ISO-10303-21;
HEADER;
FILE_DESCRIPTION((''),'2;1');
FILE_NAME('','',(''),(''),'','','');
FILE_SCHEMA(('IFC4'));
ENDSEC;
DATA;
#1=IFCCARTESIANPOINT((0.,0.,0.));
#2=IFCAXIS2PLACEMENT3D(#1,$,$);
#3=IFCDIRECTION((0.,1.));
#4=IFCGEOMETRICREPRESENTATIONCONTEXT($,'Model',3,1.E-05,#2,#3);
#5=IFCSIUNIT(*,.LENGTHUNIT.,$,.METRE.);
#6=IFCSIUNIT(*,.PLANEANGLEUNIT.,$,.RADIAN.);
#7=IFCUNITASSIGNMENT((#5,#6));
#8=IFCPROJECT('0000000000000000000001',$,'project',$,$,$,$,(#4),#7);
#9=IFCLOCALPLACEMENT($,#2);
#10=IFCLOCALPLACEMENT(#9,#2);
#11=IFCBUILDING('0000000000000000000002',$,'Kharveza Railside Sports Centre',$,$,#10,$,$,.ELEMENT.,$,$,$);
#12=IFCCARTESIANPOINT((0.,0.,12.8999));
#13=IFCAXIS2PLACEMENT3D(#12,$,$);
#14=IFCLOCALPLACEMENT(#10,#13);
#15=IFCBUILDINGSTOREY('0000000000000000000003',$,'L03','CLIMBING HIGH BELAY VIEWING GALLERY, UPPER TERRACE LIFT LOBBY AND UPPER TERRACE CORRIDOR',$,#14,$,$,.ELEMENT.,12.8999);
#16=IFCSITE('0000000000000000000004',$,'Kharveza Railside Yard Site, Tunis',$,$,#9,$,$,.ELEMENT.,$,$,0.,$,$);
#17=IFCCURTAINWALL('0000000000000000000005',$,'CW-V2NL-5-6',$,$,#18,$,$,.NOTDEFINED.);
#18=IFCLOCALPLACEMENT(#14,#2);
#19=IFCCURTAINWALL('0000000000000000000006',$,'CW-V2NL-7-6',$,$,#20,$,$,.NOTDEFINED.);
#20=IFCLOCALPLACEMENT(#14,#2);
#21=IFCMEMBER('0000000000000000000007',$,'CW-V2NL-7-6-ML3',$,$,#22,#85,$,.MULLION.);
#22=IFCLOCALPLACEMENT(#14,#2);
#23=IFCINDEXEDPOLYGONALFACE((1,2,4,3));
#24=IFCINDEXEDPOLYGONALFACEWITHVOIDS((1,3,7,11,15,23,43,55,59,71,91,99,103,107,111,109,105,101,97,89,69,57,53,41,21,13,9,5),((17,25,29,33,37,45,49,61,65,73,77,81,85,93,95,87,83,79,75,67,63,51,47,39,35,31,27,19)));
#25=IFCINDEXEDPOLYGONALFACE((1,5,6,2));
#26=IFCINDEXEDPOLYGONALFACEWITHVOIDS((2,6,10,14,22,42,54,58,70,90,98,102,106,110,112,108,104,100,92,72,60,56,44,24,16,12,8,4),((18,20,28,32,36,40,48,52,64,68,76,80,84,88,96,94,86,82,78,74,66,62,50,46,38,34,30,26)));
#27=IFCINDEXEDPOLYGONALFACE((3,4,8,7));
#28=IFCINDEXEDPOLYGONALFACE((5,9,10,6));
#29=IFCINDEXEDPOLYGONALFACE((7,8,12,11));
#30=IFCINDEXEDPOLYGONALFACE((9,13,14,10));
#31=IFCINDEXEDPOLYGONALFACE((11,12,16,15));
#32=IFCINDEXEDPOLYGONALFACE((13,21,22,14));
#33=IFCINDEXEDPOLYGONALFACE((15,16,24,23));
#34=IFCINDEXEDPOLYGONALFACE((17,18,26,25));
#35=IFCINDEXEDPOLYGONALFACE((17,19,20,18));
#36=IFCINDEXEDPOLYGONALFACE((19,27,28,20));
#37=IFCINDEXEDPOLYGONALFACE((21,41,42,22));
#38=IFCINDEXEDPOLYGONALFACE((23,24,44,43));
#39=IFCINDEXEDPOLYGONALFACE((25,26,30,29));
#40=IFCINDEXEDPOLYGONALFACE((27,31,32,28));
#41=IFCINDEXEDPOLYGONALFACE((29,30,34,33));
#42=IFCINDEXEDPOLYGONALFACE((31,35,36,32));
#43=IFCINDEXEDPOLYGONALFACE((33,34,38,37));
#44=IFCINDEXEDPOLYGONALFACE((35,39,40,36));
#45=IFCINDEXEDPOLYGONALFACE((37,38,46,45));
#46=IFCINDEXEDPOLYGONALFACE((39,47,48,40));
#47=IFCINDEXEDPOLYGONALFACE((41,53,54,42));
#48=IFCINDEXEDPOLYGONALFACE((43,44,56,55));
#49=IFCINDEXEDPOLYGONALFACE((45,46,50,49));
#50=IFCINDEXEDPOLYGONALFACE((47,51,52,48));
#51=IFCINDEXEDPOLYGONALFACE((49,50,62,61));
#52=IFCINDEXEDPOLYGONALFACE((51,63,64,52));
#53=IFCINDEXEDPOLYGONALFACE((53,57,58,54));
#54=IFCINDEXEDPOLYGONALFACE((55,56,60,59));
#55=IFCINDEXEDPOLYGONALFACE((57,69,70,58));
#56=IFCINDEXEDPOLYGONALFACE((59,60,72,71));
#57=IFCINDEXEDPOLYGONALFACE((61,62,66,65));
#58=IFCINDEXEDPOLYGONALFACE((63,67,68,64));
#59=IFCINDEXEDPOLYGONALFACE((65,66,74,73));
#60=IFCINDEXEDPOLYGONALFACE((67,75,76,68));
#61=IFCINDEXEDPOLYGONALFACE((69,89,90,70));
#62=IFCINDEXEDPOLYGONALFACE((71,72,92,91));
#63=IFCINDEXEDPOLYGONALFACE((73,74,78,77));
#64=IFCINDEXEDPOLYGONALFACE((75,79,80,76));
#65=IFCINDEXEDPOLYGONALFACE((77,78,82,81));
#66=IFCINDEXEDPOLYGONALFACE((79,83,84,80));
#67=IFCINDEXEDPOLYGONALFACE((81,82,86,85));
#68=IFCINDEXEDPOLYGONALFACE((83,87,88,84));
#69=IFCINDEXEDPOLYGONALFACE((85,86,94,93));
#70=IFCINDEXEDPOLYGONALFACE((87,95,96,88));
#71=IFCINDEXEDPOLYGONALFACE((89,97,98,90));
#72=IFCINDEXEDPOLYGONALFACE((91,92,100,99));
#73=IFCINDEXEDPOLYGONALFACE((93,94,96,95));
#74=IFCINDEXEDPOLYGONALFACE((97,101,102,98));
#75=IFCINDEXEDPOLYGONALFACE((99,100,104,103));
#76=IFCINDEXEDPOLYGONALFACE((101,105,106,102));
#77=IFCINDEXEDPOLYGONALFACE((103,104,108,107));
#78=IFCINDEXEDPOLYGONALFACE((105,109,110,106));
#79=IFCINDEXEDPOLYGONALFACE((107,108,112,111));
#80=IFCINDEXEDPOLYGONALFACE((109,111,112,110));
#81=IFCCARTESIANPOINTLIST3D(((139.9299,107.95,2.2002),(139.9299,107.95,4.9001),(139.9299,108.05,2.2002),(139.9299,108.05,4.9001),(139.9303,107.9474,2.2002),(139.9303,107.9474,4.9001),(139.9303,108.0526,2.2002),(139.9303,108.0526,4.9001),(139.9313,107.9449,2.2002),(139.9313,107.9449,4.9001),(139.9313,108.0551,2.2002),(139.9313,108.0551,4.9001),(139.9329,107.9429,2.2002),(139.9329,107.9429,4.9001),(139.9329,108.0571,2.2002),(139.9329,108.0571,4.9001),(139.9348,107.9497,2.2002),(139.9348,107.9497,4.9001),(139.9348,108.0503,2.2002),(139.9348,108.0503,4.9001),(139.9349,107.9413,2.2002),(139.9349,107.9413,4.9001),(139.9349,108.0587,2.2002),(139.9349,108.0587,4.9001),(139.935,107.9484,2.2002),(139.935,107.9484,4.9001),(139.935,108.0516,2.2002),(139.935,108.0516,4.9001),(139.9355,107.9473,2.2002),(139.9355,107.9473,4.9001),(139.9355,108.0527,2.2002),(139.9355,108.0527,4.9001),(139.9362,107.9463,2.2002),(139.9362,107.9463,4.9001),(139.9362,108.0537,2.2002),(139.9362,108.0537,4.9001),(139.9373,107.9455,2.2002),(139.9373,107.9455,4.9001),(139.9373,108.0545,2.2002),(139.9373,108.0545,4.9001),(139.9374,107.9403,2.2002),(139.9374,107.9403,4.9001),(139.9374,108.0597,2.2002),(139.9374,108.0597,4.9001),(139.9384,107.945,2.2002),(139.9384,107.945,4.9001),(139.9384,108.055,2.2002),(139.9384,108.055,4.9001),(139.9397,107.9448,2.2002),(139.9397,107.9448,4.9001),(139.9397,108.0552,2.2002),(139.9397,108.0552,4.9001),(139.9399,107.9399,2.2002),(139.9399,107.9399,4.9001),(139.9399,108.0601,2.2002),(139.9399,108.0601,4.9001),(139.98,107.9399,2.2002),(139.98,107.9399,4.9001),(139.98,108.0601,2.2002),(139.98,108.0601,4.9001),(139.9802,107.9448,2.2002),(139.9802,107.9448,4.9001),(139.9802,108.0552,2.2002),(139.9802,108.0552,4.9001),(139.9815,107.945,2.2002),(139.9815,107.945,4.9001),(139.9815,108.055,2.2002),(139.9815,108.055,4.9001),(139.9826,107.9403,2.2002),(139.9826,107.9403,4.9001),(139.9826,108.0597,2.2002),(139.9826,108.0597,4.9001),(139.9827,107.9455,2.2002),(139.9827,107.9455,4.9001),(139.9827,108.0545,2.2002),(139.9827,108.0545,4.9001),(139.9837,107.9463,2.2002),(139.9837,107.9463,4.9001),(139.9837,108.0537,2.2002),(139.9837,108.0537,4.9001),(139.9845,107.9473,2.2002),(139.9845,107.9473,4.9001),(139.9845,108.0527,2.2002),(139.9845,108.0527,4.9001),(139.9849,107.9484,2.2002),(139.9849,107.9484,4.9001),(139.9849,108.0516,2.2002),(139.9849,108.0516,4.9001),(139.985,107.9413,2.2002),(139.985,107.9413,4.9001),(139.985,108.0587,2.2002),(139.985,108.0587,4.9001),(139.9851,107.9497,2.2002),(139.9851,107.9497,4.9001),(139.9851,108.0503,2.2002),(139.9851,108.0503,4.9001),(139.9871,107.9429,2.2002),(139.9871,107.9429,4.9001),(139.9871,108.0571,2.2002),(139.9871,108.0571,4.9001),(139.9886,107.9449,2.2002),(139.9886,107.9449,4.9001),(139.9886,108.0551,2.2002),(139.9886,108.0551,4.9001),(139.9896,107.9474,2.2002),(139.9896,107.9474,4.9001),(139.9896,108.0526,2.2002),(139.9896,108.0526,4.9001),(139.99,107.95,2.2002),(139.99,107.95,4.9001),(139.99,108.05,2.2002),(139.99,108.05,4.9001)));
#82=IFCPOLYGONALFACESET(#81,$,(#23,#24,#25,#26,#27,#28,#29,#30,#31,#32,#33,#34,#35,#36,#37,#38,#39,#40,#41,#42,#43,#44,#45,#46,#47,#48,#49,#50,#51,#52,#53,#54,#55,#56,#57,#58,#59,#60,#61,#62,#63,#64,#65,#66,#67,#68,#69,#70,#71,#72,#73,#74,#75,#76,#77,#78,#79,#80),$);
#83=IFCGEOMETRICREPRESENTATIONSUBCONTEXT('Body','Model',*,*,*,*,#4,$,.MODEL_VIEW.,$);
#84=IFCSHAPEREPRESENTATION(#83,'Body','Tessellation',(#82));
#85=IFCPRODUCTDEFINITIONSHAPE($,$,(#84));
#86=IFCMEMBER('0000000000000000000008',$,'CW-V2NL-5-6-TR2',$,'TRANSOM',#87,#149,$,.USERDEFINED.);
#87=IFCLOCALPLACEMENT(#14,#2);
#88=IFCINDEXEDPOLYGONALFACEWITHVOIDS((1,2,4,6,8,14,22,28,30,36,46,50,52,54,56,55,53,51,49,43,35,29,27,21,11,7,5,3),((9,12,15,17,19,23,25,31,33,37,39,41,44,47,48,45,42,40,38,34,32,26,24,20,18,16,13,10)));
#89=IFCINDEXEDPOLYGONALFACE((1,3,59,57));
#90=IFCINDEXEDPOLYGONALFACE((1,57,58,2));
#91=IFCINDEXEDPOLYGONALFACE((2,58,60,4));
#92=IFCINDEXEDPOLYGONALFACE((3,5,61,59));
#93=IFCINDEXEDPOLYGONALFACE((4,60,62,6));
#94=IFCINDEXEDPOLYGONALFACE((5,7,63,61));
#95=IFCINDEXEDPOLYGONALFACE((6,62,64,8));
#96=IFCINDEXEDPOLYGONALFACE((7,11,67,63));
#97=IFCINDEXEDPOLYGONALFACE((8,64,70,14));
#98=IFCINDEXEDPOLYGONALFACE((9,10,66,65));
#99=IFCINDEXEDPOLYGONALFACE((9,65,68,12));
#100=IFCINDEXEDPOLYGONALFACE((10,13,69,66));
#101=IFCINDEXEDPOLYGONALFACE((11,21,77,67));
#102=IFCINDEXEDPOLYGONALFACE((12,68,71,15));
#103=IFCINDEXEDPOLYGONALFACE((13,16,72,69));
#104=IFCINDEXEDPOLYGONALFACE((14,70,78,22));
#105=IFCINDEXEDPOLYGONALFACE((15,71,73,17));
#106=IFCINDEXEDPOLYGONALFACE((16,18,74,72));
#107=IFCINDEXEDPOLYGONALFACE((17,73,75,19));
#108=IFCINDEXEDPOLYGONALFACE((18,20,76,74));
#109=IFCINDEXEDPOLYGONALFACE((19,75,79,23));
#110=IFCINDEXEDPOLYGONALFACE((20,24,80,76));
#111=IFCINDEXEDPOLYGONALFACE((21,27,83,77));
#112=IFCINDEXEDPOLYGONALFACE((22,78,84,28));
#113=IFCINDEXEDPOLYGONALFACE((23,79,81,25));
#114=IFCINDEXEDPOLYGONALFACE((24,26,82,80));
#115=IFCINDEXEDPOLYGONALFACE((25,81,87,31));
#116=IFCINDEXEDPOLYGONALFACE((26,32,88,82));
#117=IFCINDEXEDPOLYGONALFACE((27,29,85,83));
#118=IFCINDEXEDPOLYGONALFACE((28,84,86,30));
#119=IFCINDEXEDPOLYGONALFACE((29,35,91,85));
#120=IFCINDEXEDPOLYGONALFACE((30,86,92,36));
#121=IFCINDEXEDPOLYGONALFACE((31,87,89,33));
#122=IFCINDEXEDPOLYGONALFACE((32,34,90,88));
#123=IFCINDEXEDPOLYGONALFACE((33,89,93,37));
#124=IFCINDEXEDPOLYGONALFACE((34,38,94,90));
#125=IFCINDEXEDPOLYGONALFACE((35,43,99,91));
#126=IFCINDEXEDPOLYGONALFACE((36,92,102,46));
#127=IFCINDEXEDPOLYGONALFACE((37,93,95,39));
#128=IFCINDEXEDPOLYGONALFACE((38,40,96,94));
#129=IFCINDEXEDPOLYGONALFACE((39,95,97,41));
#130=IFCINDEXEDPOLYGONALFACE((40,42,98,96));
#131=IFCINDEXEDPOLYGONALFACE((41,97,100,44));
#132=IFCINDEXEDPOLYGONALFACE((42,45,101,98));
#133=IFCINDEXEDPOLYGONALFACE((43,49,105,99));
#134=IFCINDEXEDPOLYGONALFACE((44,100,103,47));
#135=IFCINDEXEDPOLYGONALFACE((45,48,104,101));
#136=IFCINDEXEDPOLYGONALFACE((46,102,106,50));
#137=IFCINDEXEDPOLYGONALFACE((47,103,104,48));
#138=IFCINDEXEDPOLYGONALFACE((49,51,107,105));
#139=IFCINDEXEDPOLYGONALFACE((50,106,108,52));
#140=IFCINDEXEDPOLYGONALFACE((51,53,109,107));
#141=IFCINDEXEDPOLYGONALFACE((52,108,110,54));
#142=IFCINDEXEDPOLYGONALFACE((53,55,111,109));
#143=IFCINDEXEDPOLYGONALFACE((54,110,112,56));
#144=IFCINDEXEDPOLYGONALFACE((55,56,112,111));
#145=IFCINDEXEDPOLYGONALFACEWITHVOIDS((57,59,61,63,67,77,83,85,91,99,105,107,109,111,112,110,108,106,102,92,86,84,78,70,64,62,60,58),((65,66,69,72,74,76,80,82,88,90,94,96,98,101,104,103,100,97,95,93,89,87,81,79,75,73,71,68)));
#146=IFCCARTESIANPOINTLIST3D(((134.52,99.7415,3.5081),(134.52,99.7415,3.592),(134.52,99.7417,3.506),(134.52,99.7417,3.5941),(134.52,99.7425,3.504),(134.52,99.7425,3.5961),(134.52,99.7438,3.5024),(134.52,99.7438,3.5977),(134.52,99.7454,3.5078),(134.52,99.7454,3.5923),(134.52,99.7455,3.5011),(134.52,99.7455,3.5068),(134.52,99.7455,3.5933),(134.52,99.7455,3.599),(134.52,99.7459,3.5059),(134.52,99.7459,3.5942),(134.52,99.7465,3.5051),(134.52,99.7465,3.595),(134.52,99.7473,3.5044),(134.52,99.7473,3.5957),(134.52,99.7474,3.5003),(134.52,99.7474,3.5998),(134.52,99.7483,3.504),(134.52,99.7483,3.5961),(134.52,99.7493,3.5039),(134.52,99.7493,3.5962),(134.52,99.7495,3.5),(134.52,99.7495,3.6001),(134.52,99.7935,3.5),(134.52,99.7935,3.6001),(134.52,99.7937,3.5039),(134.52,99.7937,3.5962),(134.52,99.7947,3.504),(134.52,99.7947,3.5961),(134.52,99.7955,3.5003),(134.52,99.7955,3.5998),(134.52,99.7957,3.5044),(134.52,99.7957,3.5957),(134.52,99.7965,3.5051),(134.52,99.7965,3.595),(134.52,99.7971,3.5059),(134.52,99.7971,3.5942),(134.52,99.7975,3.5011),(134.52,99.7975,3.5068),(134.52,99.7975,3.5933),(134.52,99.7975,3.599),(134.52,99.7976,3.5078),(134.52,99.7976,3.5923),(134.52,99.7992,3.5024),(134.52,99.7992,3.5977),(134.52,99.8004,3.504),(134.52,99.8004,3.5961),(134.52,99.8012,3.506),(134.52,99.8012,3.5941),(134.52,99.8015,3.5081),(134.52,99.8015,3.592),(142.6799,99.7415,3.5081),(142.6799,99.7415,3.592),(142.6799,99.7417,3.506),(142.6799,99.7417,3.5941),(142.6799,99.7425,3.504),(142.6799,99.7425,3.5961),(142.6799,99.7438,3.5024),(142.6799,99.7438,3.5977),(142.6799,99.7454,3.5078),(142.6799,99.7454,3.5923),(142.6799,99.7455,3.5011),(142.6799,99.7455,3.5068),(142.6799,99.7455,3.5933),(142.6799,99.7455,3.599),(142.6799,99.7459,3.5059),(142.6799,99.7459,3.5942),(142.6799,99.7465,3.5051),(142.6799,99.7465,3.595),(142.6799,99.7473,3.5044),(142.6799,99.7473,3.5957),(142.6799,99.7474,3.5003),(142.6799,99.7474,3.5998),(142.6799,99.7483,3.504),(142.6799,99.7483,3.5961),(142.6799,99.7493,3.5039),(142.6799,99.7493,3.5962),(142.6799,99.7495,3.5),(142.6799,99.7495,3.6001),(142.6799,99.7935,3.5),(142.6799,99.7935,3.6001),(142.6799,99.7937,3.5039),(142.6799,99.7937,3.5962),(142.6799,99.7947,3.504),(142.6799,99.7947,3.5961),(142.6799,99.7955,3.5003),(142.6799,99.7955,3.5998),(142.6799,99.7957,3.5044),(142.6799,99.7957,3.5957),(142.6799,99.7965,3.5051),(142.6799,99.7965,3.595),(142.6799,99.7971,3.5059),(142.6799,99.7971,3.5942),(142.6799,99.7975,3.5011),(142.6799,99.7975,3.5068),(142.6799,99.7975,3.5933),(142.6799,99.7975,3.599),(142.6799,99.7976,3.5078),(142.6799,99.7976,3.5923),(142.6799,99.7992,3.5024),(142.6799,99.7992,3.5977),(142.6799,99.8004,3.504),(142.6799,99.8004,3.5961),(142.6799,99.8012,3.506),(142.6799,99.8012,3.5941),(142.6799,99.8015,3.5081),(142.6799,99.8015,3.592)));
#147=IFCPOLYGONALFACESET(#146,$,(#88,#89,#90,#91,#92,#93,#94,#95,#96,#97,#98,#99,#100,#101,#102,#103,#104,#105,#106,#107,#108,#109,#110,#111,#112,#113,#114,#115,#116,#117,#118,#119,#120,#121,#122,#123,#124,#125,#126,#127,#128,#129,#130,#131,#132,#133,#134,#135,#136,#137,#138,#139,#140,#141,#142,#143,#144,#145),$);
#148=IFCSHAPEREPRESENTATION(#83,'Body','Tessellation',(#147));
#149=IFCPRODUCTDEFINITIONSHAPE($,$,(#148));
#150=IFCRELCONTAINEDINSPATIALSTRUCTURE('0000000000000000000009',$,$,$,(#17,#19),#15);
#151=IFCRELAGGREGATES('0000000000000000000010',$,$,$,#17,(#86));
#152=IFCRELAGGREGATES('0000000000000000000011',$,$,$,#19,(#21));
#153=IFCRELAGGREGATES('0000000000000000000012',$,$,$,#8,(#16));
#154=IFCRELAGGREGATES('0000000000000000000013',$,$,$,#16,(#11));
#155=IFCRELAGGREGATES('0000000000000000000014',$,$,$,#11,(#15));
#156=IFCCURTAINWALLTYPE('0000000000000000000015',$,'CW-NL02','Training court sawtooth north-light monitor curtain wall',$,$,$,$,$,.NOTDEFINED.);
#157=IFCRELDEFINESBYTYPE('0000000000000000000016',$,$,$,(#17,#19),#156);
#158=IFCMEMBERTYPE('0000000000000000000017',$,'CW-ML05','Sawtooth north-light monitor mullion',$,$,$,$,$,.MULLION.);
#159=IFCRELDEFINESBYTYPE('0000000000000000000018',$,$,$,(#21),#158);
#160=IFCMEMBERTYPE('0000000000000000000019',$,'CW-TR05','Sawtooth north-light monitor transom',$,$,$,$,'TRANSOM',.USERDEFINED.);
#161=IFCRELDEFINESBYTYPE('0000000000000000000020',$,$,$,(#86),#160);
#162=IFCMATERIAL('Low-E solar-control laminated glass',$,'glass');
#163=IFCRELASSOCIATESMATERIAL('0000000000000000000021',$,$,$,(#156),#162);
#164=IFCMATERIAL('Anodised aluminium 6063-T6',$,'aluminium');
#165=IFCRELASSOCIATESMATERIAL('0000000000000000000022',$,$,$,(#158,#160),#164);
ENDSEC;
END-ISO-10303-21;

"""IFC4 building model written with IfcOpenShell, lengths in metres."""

from ifc_helpers import new_model, si_unit, direction, frame, origin, origin_2d, place, context, subcontext, project, spatial, hollow_rectangle, extrude, material, material_profile, profile_set, type_object, element, aggregate, save


model = new_model("IFC4")

# Units and contexts
model_context = context("Model", 3, precision=1e-05, world=origin(), true_north=direction((0.0, 1.0)))
body_context = subcontext(model_context, "Body", "Model", "MODEL_VIEW")
ifc_project = project(units=[si_unit("LENGTHUNIT", "METRE"), si_unit("PLANEANGLEUNIT", "RADIAN")], contexts=[model_context])

# Site, building, storey
site_placement = place(None, origin())
site = spatial("IfcSite", under=ifc_project, at=site_placement, Name="Kharveza Railside Yard Site, Tunis", CompositionType="ELEMENT", RefElevation=0.0)
building_placement = place(site_placement, origin())
building = spatial("IfcBuilding", under=site, at=building_placement, Name="Kharveza Railside Sports Centre", CompositionType="ELEMENT")
storey_placement = place(building_placement, frame((0.0, 0.0, 12.8999)))
storey = spatial("IfcBuildingStorey", under=building, at=storey_placement, Name="L03", Description="CLIMBING HIGH BELAY VIEWING GALLERY, UPPER TERRACE LIFT LOBBY AND UPPER TERRACE CORRIDOR", CompositionType="ELEMENT", Elevation=12.8999)

# Curtain walls, member
ifc_material_1 = material(Name="Low-E solar-control laminated glass", Category="glass")
curtain_wall_type = type_object("IfcCurtainWallType", Name="CW-NL02", Description="Training court sawtooth north-light monitor curtain wall", PredefinedType="NOTDEFINED", material=ifc_material_1)
curtain_wall_1_placement = place(storey_placement, origin())
curtain_wall_1 = element("IfcCurtainWall", 1, at=curtain_wall_1_placement, inside=storey, type_object=curtain_wall_type, Name="CW-V2NL-5-6", PredefinedType="NOTDEFINED")
ifc_material_2 = material(Name="Anodised aluminium 6063-T6", Category="aluminium")
ifc_material_profile_1 = material_profile(ifc_material_2, hollow_rectangle(XDim=0.0601, YDim=0.1201, WallThickness=0.0049, InnerFilletRadius=0.0049, OuterFilletRadius=0.01, at=origin_2d()), Name="RHS 60x120x5.0")
ifc_profile_set_1 = profile_set([ifc_material_profile_1], Name="Anodised aluminium 6063-T6")
member_type_1 = type_object("IfcMemberType", Name="CW-ML05", Description="Sawtooth north-light monitor mullion", PredefinedType="MULLION", material=ifc_profile_set_1)
curtain_wall_2_placement = place(storey_placement, origin())
curtain_wall_2 = element("IfcCurtainWall", 2, at=curtain_wall_2_placement, inside=storey, type_object=curtain_wall_type, Name="CW-V2NL-7-6", PredefinedType="NOTDEFINED")
member_1_placement = place(storey_placement, frame((139.96, 108.0, 2.2002), z_axis=(0.0, 0.0, 1.0), x_axis=(1.0, 0.0, 0.0)))
member_1 = element("IfcMember", 3, at=member_1_placement, type_object=member_type_1, Name="CW-V2NL-7-6-ML3", PredefinedType="MULLION", context=body_context, shape_type="SweptSolid", body=[
    extrude(hollow_rectangle(XDim=0.0601, YDim=0.1201, WallThickness=0.0049, InnerFilletRadius=0.0049, OuterFilletRadius=0.01, at=origin_2d()), origin(), (0.0, 0.0, 1.0), 2.7),
])

# Member
ifc_material_profile_2 = material_profile(ifc_material_2, hollow_rectangle(XDim=0.0601, YDim=0.1001, WallThickness=0.0039, InnerFilletRadius=0.0039, OuterFilletRadius=0.0081, at=origin_2d()), Name="RHS 60x100x4.0")
ifc_profile_set_2 = profile_set([ifc_material_profile_2], Name="Anodised aluminium 6063-T6")
member_type_2 = type_object("IfcMemberType", Name="CW-TR05", Description="Sawtooth north-light monitor transom", ElementType="TRANSOM", PredefinedType="USERDEFINED", material=ifc_profile_set_2)
member_2_placement = place(storey_placement, frame((134.52, 99.7715, 3.55), z_axis=(1.0, 0.0, 0.0), x_axis=(0.0, 1.0, 0.0)))
member_2 = element("IfcMember", 4, at=member_2_placement, type_object=member_type_2, Name="CW-V2NL-5-6-TR2", ObjectType="TRANSOM", PredefinedType="USERDEFINED", context=body_context, shape_type="SweptSolid", body=[
    extrude(hollow_rectangle(XDim=0.0601, YDim=0.1001, WallThickness=0.0039, InnerFilletRadius=0.0039, OuterFilletRadius=0.0081, at=origin_2d()), origin(), (0.0, 0.0, 1.0), 8.1599),
])

aggregate(curtain_wall_1, [member_2])
aggregate(curtain_wall_2, [member_1])

save(model, "model.ifc")
